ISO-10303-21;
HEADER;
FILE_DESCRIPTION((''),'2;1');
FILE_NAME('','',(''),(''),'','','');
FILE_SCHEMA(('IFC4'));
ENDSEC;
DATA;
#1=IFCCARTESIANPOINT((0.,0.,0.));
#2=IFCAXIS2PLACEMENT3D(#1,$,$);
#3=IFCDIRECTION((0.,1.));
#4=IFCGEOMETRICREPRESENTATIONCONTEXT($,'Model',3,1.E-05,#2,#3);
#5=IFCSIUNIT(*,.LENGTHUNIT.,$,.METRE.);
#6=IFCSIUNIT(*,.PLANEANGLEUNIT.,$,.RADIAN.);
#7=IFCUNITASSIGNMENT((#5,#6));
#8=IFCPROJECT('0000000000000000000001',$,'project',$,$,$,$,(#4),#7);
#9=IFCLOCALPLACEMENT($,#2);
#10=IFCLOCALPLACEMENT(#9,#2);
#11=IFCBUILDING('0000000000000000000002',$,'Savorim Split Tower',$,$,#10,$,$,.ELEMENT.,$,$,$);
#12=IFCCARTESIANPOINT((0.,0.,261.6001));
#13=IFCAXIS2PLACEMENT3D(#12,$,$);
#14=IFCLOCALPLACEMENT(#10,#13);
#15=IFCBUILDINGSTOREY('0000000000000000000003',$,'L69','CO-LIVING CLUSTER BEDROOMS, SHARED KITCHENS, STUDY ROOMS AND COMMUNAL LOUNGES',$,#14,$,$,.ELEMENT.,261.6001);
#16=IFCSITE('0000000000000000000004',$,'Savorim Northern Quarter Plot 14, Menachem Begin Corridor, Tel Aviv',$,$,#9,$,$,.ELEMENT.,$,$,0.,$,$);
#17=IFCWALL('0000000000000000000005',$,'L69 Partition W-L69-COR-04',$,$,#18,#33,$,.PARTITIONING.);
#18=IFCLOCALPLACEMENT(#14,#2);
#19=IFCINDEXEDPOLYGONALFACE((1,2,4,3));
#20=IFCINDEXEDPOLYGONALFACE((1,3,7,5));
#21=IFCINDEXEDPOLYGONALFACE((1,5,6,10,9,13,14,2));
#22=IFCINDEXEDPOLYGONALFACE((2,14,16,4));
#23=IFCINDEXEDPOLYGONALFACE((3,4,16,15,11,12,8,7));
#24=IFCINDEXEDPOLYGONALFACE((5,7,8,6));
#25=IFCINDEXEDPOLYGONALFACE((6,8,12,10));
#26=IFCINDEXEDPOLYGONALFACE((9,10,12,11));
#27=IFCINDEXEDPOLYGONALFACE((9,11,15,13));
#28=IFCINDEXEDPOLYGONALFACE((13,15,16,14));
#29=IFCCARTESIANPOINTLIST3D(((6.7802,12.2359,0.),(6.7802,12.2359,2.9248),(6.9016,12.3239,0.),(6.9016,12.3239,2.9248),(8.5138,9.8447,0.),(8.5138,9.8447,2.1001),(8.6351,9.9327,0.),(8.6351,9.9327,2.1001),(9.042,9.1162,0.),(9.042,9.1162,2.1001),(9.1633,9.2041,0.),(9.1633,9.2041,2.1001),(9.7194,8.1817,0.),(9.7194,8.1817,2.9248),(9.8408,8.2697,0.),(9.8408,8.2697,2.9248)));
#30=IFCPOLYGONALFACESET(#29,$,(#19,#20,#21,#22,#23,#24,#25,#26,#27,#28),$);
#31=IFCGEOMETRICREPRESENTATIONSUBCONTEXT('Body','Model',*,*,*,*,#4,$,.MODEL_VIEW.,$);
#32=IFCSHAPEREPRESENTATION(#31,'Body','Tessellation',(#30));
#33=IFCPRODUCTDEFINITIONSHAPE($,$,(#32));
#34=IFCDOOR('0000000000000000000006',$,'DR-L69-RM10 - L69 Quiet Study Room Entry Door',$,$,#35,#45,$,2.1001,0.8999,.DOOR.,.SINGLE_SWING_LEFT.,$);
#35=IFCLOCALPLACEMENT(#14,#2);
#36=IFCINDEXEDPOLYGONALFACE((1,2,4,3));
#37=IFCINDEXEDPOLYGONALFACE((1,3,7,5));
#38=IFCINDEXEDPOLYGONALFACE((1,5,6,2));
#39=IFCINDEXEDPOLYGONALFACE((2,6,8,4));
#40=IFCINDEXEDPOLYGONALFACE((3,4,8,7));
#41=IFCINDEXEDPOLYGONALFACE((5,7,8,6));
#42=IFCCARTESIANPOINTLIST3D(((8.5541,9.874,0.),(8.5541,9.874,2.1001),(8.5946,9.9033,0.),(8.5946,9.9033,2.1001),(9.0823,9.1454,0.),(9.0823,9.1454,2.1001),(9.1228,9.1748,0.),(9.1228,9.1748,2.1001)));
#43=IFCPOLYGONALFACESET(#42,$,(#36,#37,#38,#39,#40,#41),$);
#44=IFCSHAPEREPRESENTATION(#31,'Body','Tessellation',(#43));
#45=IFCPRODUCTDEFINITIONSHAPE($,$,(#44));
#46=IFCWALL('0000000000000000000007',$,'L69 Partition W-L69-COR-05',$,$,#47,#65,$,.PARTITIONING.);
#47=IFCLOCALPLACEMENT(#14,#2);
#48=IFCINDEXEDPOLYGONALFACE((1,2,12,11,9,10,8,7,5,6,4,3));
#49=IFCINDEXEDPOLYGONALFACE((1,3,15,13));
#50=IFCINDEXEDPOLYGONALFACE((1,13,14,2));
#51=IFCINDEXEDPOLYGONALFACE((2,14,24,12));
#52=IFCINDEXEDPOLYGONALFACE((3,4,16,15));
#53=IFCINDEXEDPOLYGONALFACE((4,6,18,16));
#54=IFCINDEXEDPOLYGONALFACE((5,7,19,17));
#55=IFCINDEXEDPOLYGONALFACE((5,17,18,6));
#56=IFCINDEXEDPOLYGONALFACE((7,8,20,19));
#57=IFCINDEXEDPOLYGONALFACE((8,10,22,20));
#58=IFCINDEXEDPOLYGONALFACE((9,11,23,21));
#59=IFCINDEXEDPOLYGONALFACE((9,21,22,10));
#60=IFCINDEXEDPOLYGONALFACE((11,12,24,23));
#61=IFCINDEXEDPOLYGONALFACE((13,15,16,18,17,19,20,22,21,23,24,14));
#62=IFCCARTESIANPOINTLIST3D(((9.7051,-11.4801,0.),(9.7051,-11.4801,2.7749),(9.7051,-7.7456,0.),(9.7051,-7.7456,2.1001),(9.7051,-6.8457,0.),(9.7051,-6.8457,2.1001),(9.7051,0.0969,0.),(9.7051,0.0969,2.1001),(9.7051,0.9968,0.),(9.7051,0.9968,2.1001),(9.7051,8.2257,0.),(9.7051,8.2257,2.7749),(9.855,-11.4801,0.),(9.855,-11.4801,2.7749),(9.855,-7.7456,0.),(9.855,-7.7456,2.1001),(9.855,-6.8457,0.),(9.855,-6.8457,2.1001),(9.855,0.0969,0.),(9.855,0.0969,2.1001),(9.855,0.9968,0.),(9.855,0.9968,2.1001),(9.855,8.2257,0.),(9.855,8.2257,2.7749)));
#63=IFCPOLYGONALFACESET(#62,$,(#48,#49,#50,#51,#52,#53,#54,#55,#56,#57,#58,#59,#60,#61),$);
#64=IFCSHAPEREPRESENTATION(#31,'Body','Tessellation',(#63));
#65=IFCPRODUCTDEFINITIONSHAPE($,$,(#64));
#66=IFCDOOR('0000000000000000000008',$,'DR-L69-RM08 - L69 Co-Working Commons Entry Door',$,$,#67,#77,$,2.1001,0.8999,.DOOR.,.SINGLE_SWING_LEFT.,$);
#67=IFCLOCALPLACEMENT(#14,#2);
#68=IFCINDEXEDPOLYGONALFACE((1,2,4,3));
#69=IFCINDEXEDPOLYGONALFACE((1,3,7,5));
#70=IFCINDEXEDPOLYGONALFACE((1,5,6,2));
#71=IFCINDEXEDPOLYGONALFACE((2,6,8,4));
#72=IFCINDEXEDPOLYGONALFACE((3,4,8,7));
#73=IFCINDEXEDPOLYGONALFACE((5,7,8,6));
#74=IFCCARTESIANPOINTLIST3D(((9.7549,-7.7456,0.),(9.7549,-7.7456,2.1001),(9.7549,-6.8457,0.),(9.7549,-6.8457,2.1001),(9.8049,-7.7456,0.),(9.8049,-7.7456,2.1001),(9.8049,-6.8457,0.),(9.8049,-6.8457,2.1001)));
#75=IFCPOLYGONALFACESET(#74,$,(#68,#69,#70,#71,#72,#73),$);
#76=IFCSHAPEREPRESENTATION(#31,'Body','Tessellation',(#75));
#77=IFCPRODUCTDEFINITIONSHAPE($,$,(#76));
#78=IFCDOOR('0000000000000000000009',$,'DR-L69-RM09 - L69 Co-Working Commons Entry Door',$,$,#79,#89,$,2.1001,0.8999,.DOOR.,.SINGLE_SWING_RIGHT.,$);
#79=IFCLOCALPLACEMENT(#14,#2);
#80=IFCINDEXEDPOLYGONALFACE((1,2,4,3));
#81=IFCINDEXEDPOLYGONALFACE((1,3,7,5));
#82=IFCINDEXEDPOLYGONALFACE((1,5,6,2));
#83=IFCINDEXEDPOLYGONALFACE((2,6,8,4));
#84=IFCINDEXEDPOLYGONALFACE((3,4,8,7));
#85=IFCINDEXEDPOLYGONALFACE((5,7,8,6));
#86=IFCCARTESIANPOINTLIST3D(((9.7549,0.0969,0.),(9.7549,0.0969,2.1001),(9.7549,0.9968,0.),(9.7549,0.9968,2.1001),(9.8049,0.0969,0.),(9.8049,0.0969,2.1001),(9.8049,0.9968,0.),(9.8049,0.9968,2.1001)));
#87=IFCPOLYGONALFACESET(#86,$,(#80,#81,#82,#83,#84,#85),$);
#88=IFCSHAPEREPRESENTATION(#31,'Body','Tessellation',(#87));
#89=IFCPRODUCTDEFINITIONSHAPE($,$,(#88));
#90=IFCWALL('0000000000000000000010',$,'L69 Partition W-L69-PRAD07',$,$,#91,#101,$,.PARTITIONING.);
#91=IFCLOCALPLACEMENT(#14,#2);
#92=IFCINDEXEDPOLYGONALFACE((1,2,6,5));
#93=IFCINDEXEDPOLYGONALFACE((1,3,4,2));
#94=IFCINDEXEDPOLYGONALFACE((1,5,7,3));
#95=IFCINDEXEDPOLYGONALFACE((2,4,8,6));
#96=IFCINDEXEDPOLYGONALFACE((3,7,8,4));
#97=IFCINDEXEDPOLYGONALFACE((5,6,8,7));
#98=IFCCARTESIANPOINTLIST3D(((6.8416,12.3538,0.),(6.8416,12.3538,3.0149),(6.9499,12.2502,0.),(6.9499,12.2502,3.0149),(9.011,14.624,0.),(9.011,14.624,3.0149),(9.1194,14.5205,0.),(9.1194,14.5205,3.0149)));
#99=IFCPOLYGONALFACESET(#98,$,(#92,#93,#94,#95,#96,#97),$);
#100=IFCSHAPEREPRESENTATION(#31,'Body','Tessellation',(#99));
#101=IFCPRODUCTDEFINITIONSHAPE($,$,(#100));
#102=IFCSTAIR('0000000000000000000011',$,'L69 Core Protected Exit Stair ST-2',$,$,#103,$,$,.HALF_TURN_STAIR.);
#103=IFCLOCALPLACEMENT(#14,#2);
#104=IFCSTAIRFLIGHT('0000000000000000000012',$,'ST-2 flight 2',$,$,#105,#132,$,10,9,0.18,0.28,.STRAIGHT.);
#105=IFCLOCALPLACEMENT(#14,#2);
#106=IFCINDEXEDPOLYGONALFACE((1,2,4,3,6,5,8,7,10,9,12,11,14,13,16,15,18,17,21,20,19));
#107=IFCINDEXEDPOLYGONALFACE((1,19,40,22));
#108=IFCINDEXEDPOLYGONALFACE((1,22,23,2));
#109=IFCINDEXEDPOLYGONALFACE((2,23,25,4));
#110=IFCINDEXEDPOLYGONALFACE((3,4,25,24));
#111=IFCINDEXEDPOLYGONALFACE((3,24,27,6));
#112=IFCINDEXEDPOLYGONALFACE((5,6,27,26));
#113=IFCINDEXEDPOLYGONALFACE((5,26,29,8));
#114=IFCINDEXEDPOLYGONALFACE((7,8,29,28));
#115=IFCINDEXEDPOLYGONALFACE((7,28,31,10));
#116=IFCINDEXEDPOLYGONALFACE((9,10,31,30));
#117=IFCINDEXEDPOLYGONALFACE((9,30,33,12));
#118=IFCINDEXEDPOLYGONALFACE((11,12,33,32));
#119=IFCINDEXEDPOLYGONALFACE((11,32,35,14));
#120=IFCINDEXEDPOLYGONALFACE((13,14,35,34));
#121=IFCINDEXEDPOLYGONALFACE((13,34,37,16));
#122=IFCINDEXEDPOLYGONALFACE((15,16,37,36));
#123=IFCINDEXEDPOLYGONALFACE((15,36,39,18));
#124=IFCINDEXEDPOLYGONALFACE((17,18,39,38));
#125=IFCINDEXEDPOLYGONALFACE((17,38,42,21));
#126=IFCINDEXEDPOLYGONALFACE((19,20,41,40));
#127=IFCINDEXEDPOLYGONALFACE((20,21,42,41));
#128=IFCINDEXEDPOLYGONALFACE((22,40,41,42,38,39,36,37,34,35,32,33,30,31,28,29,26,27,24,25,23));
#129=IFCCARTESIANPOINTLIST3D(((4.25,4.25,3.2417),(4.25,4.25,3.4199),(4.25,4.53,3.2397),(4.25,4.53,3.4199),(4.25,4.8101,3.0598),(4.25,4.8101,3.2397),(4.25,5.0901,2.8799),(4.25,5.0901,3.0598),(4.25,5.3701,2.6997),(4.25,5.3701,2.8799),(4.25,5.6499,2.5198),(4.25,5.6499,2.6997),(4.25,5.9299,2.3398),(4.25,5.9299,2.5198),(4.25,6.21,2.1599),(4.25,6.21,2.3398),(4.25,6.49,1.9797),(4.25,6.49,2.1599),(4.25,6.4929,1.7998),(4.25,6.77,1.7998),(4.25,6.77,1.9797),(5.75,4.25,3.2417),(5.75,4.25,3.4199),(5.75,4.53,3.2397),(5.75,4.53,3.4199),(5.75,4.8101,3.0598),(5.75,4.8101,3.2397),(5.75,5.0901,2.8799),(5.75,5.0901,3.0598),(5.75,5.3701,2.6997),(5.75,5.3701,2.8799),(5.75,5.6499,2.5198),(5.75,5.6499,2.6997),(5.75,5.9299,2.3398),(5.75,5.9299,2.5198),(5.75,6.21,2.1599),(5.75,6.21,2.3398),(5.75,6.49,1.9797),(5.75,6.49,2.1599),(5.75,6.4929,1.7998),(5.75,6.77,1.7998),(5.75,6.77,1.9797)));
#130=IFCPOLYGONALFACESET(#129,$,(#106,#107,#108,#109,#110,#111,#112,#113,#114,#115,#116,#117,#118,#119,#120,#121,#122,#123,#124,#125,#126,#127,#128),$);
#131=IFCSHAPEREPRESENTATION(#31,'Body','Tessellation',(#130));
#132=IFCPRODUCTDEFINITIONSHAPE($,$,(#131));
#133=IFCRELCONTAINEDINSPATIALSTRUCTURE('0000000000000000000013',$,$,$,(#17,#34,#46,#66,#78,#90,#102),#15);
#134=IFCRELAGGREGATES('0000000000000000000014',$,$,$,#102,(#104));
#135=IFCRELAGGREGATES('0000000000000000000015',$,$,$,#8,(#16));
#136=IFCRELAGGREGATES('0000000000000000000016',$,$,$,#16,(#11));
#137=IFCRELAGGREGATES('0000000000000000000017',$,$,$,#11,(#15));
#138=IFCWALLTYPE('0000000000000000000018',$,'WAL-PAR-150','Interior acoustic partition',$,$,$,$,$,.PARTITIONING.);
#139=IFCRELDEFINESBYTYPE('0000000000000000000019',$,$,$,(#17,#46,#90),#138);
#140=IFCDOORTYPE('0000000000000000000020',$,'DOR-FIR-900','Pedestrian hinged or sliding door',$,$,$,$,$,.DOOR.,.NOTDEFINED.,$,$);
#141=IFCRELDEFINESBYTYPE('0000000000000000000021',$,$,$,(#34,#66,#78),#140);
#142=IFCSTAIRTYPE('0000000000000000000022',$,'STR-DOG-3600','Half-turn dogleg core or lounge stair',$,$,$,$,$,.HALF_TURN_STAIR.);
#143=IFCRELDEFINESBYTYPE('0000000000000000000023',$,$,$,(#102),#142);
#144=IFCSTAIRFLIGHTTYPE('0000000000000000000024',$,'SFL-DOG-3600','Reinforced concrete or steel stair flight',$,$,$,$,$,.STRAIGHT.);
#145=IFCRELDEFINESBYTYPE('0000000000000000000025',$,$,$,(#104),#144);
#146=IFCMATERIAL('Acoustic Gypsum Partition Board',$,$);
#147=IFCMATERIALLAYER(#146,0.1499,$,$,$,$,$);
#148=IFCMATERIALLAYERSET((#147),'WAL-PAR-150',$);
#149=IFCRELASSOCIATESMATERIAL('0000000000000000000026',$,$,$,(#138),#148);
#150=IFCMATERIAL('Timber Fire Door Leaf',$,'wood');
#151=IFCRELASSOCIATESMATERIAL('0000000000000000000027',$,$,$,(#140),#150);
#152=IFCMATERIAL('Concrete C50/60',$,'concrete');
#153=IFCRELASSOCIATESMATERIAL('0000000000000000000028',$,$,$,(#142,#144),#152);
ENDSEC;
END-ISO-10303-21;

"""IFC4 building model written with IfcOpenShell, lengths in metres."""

from ifc_helpers import new_model, si_unit, direction, frame, frame_2d, origin, place, context, subcontext, project, spatial, polyline, rectangle, outline, extrude, material, layer, layer_set, type_object, element, fill, aggregate, save


model = new_model("IFC4")

# Units and contexts
model_context = context("Model", 3, precision=1e-05, world=origin(), true_north=direction((0.0, 1.0)))
body_context = subcontext(model_context, "Body", "Model", "MODEL_VIEW")
ifc_project = project(units=[si_unit("LENGTHUNIT", "METRE"), si_unit("PLANEANGLEUNIT", "RADIAN")], contexts=[model_context])

# Site, building, storey
site_placement = place(None, origin())
site = spatial("IfcSite", under=ifc_project, at=site_placement, Name="Savorim Northern Quarter Plot 14, Menachem Begin Corridor, Tel Aviv", CompositionType="ELEMENT", RefElevation=0.0)
building_placement = place(site_placement, origin())
building = spatial("IfcBuilding", under=site, at=building_placement, Name="Savorim Split Tower", CompositionType="ELEMENT")
storey_placement = place(building_placement, frame((0.0, 0.0, 261.6001)))
storey = spatial("IfcBuildingStorey", under=building, at=storey_placement, Name="L69", Description="CO-LIVING CLUSTER BEDROOMS, SHARED KITCHENS, STUDY ROOMS AND COMMUNAL LOUNGES", CompositionType="ELEMENT", Elevation=261.6001)

# Shared definitions
ifc_material_1 = material(Name="Timber Fire Door Leaf", Category="wood")

# Wall, opening, door
ifc_material_2 = material(Name="Acoustic Gypsum Partition Board")
ifc_layer_1 = layer(ifc_material_2, 0.1499)
ifc_layer_set_1 = layer_set([ifc_layer_1], Name="WAL-PAR-150")
wall_type_1 = type_object("IfcWallType", Name="WAL-PAR-150", Description="Interior acoustic partition", PredefinedType="PARTITIONING", material=ifc_layer_set_1)
wall_1_placement = place(storey_placement, frame((6.8408, 12.28, 0.0), z_axis=(0.0, 0.0, 1.0), x_axis=(0.586956, -0.809619, 0.0)))
wall_1 = element("IfcWall", 1, at=wall_1_placement, inside=storey, type_object=wall_type_1, Name="L69 Partition W-L69-COR-04", PredefinedType="PARTITIONING", context=body_context, shape_type="SweptSolid", body=[
    extrude(rectangle(XDim=5.0076, YDim=0.1499, at=frame_2d((2.5039, 0.0))), origin(), (0.0, 0.0, 1.0), 2.9248),
])
opening_1_placement = place(wall_1_placement, frame((2.9536, 0.0, 0.0)))
opening_1 = element("IfcOpeningElement", 2, at=opening_1_placement, cuts=wall_1, PredefinedType="OPENING", context=body_context, shape_type="SweptSolid", body=[
    extrude(rectangle(XDim=0.8999, YDim=2.1001, at=frame_2d((0.45, 1.05))), frame((0.0, 0.085, 0.0), z_axis=(0.0, -1.0, 0.0), x_axis=(1.0, 0.0, 0.0)), (0.0, 0.0, 1.0), 0.1699),
])
door_type_1 = type_object("IfcDoorType", Name="DOR-FIR-900", Description="Pedestrian hinged or sliding door", OperationType="NOTDEFINED", PredefinedType="DOOR", material=ifc_material_1)
door_1_placement = place(opening_1_placement, origin())
door_1 = element("IfcDoor", 3, at=door_1_placement, inside=storey, type_object=door_type_1, Name="DR-L69-RM10 - L69 Quiet Study Room Entry Door", OperationType="SINGLE_SWING_LEFT", OverallHeight=2.1001, OverallWidth=0.8999, PredefinedType="DOOR", context=body_context, shape_type="SweptSolid", body=[
    extrude(rectangle(XDim=0.8999, YDim=2.1001, at=frame_2d((0.45, 1.05))), frame((0.0, 0.0249, 0.0), z_axis=(0.0, -1.0, 0.0), x_axis=(1.0, 0.0, 0.0)), (0.0, 0.0, 1.0), 0.05),
])
fill(opening_1, door_1)

# Wall, openings, doors
wall_2_placement = place(storey_placement, frame((9.78, 8.2258, 0.0), z_axis=(0.0, 0.0, 1.0), x_axis=(0.0, -1.0, 0.0)))
wall_2 = element("IfcWall", 4, at=wall_2_placement, inside=storey, type_object=wall_type_1, Name="L69 Partition W-L69-COR-05", PredefinedType="PARTITIONING", context=body_context, shape_type="SweptSolid", body=[
    extrude(rectangle(XDim=19.7058, YDim=0.1499, at=frame_2d((9.853, 0.0))), origin(), (0.0, 0.0, 1.0), 2.7749),
])
opening_2_placement = place(wall_2_placement, frame((15.0715, 0.0, 0.0)))
opening_2 = element("IfcOpeningElement", 5, at=opening_2_placement, cuts=wall_2, PredefinedType="OPENING", context=body_context, shape_type="SweptSolid", body=[
    extrude(rectangle(XDim=0.8999, YDim=2.1001, at=frame_2d((0.45, 1.05))), frame((0.0, 0.085, 0.0), z_axis=(0.0, -1.0, 0.0), x_axis=(1.0, 0.0, 0.0)), (0.0, 0.0, 1.0), 0.1699),
])
opening_3_placement = place(wall_2_placement, frame((7.229, 0.0, 0.0)))
opening_3 = element("IfcOpeningElement", 6, at=opening_3_placement, cuts=wall_2, PredefinedType="OPENING", context=body_context, shape_type="SweptSolid", body=[
    extrude(rectangle(XDim=0.8999, YDim=2.1001, at=frame_2d((0.45, 1.05))), frame((0.0, 0.085, 0.0), z_axis=(0.0, -1.0, 0.0), x_axis=(1.0, 0.0, 0.0)), (0.0, 0.0, 1.0), 0.1699),
])
door_2_placement = place(opening_2_placement, origin())
door_2 = element("IfcDoor", 7, at=door_2_placement, inside=storey, type_object=door_type_1, Name="DR-L69-RM08 - L69 Co-Working Commons Entry Door", OperationType="SINGLE_SWING_LEFT", OverallHeight=2.1001, OverallWidth=0.8999, PredefinedType="DOOR", context=body_context, shape_type="SweptSolid", body=[
    extrude(rectangle(XDim=0.8999, YDim=2.1001, at=frame_2d((0.45, 1.05))), frame((0.0, 0.0249, 0.0), z_axis=(0.0, -1.0, 0.0), x_axis=(1.0, 0.0, 0.0)), (0.0, 0.0, 1.0), 0.05),
])
fill(opening_2, door_2)
door_3_placement = place(opening_3_placement, origin())
door_3 = element("IfcDoor", 8, at=door_3_placement, inside=storey, type_object=door_type_1, Name="DR-L69-RM09 - L69 Co-Working Commons Entry Door", OperationType="SINGLE_SWING_RIGHT", OverallHeight=2.1001, OverallWidth=0.8999, PredefinedType="DOOR", context=body_context, shape_type="SweptSolid", body=[
    extrude(rectangle(XDim=0.8999, YDim=2.1001, at=frame_2d((0.45, 1.05))), frame((0.0, 0.0249, 0.0), z_axis=(0.0, -1.0, 0.0), x_axis=(1.0, 0.0, 0.0)), (0.0, 0.0, 1.0), 0.05),
])
fill(opening_3, door_3)

# Wall
wall_3_placement = place(storey_placement, frame((6.8958, 12.302, 0.0), z_axis=(0.0, 0.0, 1.0), x_axis=(0.69087, 0.722979, 0.0)))
element("IfcWall", 9, at=wall_3_placement, inside=storey, type_object=wall_type_1, Name="L69 Partition W-L69-PRAD07", PredefinedType="PARTITIONING", context=body_context, shape_type="SweptSolid", body=[
    extrude(rectangle(XDim=3.1401, YDim=0.1499, at=frame_2d((1.5701, 0.0))), origin(), (0.0, 0.0, 1.0), 3.0149),
])

# Stair, stair flight
ifc_material_3 = material(Name="Concrete C50/60", Category="concrete")
stair_type = type_object("IfcStairType", Name="STR-DOG-3600", Description="Half-turn dogleg core or lounge stair", PredefinedType="HALF_TURN_STAIR", material=ifc_material_3)
stair_placement = place(storey_placement, origin())
stair = element("IfcStair", 10, at=stair_placement, inside=storey, type_object=stair_type, Name="L69 Core Protected Exit Stair ST-2", PredefinedType="HALF_TURN_STAIR")
stair_flight_type = type_object("IfcStairFlightType", Name="SFL-DOG-3600", Description="Reinforced concrete or steel stair flight", PredefinedType="STRAIGHT", material=ifc_material_3)
stair_flight_placement = place(storey_placement, frame((5.0, 6.77, 1.7998), z_axis=(0.0, 0.0, 1.0), x_axis=(0.0, -1.0, 0.0)))
stair_flight = element("IfcStairFlight", 11, at=stair_flight_placement, type_object=stair_flight_type, Name="ST-2 flight 2", NumberOfRisers=10, NumberOfTreads=9, PredefinedType="STRAIGHT", RiserHeight=0.18, TreadLength=0.28, context=body_context, shape_type="SweptSolid", body=[
    extrude(outline(polyline([(0.0, 0.0), (0.0, 0.1799), (0.28, 0.1799), (0.28, 0.3601), (0.5601, 0.3601), (0.5601, 0.54), (0.8401, 0.54), (0.8401, 0.72), (1.1201, 0.72), (1.1201, 0.8999), (1.3999, 0.8999), (1.3999, 1.0801), (1.6799, 1.0801), (1.6799, 1.26), (1.96, 1.26), (1.96, 1.4399), (2.24, 1.4399), (2.24, 1.6201), (2.52, 1.6201), (2.52, 1.8), (2.52, 1.4419), (0.2771, 0.0), (0.0, 0.0)])), frame((0.0, 0.75, 0.0), z_axis=(0.0, -1.0, 0.0), x_axis=(1.0, 0.0, 0.0)), (0.0, 0.0, 1.0), 1.5),
])
aggregate(stair, [stair_flight])

save(model, "model.ifc")
